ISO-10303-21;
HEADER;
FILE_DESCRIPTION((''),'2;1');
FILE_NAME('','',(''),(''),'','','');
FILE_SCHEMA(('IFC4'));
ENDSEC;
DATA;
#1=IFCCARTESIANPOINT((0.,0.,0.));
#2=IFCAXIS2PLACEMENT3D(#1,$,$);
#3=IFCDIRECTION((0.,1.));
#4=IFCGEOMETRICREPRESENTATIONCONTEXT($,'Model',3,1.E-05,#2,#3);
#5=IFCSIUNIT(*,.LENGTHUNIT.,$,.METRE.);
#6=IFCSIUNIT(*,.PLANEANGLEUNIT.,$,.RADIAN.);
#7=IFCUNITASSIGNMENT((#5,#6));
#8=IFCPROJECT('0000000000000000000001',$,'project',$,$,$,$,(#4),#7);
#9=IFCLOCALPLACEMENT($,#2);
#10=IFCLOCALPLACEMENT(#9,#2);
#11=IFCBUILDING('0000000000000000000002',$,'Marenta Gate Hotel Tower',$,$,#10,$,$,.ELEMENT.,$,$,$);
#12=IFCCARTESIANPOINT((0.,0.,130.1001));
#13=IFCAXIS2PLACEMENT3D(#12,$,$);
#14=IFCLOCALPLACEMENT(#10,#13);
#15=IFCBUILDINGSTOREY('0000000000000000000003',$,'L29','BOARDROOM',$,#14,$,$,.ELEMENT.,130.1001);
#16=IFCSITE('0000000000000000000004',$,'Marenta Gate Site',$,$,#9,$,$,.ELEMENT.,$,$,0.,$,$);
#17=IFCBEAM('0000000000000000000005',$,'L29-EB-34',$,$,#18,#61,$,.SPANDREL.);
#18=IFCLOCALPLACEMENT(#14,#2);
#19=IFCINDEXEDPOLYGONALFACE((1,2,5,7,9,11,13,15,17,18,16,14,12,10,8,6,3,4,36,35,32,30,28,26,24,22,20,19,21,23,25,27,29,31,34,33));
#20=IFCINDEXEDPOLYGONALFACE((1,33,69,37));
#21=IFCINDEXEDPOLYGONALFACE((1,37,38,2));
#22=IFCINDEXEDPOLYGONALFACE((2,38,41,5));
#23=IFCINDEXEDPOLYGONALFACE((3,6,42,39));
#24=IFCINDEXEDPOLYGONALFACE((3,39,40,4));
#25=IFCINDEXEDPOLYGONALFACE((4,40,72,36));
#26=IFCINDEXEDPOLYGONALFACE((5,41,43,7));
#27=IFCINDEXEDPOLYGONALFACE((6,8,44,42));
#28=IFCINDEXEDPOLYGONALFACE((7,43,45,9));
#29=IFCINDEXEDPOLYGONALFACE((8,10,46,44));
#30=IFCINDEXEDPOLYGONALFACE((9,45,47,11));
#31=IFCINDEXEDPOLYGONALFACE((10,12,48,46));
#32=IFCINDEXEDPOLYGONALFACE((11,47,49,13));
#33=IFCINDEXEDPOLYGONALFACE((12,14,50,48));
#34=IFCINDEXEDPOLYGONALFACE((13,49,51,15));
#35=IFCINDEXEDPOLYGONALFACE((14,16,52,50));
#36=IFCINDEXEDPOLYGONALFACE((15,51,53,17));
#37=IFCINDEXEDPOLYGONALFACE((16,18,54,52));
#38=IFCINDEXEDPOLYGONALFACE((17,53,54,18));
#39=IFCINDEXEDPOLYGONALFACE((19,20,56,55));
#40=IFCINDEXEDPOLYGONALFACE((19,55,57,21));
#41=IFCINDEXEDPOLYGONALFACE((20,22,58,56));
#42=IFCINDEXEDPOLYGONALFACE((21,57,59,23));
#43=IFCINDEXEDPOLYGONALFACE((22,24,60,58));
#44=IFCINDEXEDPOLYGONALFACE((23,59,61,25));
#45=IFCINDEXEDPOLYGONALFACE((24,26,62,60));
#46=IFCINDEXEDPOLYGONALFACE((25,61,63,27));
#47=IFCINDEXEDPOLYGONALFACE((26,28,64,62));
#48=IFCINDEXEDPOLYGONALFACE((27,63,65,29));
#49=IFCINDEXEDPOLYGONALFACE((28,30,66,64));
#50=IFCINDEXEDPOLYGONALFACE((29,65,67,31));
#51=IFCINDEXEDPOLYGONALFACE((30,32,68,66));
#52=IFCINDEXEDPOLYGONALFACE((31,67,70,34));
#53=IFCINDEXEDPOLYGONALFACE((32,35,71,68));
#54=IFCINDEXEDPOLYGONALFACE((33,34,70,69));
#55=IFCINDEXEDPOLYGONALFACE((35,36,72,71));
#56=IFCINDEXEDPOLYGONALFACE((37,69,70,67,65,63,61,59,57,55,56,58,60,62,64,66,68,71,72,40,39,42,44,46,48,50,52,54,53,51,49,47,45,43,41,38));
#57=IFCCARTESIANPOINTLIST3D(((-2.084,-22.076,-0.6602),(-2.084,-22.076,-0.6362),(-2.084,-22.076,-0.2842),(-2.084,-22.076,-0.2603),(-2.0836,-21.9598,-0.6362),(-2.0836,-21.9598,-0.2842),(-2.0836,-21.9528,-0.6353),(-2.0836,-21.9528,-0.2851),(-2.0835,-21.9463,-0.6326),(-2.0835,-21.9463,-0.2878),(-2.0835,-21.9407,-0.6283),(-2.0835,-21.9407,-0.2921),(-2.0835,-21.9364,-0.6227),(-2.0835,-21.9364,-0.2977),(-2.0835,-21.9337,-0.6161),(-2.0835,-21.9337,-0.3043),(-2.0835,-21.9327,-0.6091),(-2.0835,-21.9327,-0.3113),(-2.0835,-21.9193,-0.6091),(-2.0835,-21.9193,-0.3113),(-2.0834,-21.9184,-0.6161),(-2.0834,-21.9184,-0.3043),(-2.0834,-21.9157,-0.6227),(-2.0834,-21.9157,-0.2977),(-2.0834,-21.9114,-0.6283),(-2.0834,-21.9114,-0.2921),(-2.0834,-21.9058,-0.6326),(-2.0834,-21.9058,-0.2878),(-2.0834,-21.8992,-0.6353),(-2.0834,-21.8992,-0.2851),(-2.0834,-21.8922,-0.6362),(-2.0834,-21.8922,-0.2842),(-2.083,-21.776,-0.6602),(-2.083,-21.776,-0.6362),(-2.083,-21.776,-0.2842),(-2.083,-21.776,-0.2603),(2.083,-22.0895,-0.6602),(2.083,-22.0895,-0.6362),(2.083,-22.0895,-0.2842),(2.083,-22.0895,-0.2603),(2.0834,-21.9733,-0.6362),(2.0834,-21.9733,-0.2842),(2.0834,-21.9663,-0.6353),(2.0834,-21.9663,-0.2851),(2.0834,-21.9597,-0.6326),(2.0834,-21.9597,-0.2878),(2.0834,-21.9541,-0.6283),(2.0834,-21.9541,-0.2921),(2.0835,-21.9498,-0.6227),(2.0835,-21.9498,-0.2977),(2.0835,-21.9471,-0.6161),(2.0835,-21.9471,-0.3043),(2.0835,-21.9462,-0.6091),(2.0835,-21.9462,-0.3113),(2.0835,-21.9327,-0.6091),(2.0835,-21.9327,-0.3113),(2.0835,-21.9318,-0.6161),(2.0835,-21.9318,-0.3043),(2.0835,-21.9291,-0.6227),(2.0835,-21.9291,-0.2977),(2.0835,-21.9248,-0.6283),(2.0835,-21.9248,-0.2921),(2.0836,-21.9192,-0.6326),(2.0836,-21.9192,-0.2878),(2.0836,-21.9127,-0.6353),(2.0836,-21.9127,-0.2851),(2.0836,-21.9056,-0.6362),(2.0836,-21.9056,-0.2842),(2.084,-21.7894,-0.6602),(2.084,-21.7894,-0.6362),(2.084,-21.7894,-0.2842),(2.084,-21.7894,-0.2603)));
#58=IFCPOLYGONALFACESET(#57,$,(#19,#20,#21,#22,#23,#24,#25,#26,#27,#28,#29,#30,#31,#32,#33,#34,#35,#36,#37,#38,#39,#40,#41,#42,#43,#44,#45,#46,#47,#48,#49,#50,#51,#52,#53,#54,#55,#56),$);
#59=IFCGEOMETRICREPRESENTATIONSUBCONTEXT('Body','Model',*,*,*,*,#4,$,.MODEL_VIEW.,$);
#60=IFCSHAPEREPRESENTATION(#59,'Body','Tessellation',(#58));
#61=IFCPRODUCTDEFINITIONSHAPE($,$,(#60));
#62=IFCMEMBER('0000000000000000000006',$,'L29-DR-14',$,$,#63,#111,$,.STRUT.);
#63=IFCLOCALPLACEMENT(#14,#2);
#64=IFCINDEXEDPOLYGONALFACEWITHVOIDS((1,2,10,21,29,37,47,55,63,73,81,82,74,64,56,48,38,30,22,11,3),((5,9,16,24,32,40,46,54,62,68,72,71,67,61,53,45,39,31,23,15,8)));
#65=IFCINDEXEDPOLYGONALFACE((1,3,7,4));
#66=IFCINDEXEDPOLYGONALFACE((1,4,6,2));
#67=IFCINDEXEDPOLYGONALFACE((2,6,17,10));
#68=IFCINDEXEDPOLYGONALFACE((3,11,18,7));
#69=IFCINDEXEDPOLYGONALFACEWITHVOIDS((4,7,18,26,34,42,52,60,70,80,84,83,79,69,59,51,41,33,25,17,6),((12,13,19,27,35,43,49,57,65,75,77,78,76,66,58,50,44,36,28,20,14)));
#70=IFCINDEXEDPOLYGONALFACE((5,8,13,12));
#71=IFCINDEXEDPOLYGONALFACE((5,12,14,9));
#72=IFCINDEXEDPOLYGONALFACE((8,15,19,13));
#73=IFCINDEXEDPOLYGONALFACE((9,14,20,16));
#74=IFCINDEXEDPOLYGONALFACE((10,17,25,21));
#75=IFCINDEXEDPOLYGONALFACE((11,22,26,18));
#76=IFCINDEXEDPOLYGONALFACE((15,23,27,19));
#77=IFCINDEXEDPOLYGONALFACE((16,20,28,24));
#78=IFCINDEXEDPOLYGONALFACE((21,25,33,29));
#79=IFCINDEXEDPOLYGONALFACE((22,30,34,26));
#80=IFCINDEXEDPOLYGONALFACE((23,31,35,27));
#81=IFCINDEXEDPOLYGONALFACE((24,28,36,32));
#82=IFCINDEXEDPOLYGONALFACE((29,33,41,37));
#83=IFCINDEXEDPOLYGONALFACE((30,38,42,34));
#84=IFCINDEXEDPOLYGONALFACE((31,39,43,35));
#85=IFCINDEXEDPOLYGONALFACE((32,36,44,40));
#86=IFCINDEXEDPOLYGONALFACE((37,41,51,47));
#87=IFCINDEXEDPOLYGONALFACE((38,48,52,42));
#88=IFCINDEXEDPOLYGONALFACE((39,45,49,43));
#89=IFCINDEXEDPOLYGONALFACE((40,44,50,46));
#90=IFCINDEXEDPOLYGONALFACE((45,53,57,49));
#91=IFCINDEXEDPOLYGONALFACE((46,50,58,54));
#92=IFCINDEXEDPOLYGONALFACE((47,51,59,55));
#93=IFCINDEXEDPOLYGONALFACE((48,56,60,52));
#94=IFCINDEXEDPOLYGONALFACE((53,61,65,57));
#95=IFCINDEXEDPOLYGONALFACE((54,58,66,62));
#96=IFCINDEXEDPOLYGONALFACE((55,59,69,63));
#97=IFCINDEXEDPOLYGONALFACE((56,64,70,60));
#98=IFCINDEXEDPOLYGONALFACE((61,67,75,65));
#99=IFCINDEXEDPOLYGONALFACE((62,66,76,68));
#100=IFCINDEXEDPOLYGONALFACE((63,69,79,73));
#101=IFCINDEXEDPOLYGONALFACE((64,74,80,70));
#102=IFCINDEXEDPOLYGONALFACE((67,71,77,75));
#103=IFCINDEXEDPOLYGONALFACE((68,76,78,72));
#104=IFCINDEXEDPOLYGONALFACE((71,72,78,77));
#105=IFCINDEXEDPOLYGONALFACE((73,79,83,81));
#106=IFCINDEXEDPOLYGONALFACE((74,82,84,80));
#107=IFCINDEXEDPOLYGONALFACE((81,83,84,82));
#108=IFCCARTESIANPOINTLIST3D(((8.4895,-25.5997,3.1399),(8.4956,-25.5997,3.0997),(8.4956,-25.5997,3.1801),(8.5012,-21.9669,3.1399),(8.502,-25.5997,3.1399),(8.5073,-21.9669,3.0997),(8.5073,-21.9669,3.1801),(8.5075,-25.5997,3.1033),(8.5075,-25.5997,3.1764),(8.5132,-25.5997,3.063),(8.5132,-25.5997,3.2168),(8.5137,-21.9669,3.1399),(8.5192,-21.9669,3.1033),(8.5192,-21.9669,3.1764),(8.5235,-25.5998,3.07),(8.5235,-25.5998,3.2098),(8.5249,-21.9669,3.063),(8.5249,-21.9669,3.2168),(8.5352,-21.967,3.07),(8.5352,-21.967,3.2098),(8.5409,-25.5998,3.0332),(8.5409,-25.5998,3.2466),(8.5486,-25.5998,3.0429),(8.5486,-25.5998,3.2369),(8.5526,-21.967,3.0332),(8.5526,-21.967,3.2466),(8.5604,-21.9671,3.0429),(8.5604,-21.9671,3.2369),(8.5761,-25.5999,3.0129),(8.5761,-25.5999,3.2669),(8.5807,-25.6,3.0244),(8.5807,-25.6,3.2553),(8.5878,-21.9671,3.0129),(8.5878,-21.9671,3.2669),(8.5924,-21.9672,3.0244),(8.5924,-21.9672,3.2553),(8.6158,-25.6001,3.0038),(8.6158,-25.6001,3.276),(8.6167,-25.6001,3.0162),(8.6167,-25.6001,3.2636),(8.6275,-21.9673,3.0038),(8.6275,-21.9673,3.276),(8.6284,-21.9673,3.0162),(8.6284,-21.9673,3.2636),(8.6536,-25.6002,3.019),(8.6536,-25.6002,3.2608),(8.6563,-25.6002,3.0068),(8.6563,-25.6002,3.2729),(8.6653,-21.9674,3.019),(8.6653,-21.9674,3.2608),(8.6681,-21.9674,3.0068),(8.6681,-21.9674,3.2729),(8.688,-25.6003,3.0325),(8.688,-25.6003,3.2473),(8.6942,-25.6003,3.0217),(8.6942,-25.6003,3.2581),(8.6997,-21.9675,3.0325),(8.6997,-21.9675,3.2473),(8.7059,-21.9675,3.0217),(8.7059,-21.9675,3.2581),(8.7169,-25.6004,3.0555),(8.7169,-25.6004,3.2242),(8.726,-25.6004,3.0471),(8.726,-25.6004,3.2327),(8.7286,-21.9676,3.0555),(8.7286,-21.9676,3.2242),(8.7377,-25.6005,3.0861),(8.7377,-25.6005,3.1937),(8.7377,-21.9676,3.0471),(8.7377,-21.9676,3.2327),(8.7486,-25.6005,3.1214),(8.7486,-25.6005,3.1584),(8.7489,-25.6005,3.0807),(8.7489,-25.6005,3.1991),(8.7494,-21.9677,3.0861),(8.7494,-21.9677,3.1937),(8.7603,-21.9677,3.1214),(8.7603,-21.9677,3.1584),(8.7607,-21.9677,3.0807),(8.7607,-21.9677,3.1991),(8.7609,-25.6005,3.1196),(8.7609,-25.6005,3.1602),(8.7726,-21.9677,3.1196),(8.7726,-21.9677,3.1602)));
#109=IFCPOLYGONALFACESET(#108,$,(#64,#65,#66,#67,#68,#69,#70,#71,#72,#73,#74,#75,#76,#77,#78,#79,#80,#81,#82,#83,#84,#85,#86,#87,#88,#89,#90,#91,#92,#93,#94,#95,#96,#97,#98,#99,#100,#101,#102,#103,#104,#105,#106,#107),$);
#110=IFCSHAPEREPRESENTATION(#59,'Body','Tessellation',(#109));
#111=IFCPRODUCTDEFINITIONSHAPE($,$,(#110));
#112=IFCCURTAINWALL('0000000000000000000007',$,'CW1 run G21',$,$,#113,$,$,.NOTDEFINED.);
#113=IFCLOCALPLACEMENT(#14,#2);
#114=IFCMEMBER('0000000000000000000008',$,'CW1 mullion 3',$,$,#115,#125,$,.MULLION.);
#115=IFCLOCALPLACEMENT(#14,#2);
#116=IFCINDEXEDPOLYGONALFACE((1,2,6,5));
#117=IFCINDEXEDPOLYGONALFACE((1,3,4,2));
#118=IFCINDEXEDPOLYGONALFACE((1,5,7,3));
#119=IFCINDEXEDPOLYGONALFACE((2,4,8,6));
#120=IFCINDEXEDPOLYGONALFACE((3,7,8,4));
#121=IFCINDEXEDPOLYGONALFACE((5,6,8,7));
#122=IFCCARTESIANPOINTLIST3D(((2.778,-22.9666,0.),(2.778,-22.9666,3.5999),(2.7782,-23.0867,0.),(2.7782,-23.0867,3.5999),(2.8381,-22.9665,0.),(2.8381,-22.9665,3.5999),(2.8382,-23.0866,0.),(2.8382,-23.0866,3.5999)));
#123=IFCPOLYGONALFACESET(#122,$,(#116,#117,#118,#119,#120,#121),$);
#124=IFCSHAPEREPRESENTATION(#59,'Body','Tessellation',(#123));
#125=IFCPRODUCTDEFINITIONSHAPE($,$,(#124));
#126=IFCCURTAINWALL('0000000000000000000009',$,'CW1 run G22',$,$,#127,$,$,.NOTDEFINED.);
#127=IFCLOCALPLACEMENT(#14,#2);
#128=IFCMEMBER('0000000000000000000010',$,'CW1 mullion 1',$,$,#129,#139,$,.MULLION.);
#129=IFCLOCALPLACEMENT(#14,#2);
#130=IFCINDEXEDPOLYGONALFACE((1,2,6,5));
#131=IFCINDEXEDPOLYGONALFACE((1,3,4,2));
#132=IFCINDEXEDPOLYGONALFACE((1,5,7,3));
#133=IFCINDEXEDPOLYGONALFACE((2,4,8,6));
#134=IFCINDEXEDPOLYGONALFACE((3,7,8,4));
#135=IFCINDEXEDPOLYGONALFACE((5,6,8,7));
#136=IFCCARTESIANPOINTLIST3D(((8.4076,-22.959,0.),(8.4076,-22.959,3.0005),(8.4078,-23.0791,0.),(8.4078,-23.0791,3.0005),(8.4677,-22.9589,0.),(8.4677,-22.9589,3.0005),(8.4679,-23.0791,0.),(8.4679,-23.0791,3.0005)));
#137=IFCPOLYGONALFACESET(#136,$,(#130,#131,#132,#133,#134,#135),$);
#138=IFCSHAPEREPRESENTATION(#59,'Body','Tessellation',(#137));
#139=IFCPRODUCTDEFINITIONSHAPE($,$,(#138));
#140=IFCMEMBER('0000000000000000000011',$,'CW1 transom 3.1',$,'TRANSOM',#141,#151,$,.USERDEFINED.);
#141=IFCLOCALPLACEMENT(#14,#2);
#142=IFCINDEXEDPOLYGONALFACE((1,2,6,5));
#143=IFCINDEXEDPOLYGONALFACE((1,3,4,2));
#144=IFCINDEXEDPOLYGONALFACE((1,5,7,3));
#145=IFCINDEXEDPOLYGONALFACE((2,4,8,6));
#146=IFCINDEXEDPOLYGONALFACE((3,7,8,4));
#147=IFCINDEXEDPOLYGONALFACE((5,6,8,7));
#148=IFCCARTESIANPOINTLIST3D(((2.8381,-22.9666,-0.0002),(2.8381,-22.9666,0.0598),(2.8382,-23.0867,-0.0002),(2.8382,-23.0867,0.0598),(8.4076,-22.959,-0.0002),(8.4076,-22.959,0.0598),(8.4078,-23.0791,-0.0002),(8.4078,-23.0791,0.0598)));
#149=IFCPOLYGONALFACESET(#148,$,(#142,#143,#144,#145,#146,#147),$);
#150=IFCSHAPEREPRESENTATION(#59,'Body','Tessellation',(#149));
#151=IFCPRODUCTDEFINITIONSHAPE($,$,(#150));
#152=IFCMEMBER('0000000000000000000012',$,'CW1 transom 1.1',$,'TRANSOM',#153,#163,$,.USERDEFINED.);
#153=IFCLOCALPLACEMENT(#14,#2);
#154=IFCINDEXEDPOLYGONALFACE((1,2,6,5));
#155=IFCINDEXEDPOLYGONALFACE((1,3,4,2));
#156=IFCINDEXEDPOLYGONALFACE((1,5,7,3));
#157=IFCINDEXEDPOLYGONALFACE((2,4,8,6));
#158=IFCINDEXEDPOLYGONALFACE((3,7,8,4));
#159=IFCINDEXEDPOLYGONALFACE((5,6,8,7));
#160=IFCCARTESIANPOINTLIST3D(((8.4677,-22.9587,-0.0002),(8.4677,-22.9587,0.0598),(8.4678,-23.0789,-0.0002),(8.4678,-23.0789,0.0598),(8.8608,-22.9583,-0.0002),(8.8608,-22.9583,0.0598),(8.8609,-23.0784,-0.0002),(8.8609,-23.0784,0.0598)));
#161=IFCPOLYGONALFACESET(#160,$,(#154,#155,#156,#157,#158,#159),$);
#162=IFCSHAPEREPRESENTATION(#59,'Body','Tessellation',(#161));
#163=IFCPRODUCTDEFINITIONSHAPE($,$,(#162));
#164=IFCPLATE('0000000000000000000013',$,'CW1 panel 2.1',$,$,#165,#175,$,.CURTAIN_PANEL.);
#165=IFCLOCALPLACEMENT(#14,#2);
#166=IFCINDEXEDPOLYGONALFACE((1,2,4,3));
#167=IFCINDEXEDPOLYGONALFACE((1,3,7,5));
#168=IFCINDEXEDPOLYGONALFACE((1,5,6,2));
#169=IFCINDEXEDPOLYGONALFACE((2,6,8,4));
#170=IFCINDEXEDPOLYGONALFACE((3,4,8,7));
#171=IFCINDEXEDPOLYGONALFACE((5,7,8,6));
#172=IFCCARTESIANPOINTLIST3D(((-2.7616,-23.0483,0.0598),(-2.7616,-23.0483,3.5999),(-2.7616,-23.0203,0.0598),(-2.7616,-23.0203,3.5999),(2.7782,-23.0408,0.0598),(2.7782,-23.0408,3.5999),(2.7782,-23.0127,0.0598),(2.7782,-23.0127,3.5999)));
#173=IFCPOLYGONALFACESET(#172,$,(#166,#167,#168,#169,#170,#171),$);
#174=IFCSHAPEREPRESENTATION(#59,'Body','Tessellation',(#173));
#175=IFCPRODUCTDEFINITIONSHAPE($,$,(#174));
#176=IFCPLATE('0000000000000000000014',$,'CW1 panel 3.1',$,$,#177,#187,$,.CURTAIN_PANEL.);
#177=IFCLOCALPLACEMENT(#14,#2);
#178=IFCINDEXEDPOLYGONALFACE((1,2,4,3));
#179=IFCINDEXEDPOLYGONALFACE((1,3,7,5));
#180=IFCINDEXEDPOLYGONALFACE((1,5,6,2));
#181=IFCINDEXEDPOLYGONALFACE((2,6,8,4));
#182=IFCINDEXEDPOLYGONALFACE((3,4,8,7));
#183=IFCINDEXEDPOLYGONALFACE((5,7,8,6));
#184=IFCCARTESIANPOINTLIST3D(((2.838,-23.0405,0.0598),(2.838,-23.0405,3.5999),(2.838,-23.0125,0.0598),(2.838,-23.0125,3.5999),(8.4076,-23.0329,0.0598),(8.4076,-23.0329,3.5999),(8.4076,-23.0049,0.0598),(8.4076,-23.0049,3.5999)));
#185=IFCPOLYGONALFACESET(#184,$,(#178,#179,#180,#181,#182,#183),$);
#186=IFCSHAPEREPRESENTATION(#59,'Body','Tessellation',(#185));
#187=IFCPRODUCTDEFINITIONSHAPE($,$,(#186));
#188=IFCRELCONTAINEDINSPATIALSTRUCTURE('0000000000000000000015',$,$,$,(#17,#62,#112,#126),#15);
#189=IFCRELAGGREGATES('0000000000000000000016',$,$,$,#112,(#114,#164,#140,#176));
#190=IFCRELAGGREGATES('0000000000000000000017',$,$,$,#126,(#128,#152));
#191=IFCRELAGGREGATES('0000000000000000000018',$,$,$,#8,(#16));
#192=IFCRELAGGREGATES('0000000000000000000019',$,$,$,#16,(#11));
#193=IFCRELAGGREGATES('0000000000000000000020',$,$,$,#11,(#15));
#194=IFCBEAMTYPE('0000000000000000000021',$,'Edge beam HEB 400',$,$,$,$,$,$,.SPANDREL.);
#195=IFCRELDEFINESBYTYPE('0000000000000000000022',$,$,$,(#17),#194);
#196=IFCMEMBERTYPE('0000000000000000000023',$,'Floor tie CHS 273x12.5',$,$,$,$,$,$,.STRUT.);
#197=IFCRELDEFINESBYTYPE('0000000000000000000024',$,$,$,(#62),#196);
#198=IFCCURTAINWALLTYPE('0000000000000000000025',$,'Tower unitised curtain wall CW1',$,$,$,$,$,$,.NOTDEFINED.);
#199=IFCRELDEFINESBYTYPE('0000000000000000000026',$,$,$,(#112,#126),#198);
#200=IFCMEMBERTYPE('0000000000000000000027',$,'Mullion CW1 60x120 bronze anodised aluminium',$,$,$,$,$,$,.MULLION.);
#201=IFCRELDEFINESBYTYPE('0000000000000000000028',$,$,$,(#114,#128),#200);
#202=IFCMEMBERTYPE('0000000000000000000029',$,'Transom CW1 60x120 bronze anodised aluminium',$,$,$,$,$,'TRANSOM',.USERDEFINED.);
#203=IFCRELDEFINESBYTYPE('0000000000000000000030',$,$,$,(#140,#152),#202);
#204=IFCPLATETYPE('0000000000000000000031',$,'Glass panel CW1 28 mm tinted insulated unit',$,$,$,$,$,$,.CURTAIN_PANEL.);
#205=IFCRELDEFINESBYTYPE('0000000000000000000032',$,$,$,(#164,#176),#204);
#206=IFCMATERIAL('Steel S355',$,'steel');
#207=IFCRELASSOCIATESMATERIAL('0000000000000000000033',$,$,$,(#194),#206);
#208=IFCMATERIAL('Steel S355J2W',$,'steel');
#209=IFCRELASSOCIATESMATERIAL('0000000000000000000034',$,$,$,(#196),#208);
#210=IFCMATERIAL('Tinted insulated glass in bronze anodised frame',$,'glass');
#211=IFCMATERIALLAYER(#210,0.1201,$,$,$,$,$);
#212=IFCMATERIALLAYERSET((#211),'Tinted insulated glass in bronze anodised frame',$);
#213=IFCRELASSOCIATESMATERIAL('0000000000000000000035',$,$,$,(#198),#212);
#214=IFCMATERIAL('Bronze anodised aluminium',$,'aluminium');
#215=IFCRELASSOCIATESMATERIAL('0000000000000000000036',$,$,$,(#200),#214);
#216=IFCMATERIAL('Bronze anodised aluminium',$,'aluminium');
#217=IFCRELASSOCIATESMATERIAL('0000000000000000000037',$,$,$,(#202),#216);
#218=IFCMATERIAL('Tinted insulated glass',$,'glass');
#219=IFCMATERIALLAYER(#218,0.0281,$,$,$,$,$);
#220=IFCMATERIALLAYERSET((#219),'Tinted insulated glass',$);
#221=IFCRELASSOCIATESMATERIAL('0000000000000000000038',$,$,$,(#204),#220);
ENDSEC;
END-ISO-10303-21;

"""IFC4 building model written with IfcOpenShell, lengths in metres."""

from ifc_helpers import new_model, si_unit, direction, frame, origin, origin_2d, place, context, subcontext, project, spatial, rectangle, hollow_circle, i_section, extrude, material, layer, layer_set, material_profile, profile_set, type_object, element, aggregate, save


model = new_model("IFC4")

# Units and contexts
model_context = context("Model", 3, precision=1e-05, world=origin(), true_north=direction((0.0, 1.0)))
body_context = subcontext(model_context, "Body", "Model", "MODEL_VIEW")
ifc_project = project(units=[si_unit("LENGTHUNIT", "METRE"), si_unit("PLANEANGLEUNIT", "RADIAN")], contexts=[model_context])

# Site, building, storey
site_placement = place(None, origin())
site = spatial("IfcSite", under=ifc_project, at=site_placement, Name="Marenta Gate Site", CompositionType="ELEMENT", RefElevation=0.0)
building_placement = place(site_placement, origin())
building = spatial("IfcBuilding", under=site, at=building_placement, Name="Marenta Gate Hotel Tower", CompositionType="ELEMENT")
storey_placement = place(building_placement, frame((0.0, 0.0, 130.1001)))
storey = spatial("IfcBuildingStorey", under=building, at=storey_placement, Name="L29", Description="BOARDROOM", CompositionType="ELEMENT", Elevation=130.1001)

# Beam
ifc_material_1 = material(Name="Steel S355", Category="steel")
ifc_material_profile_1 = material_profile(ifc_material_1, i_section(OverallWidth=0.3, OverallDepth=0.3999, WebThickness=0.0134, FlangeThickness=0.0239, FilletRadius=0.0271, at=origin_2d()), Name="HEB 400")
ifc_profile_set_1 = profile_set([ifc_material_profile_1], Name="Steel S355")
beam_type = type_object("IfcBeamType", Name="Edge beam HEB 400", PredefinedType="SPANDREL", material=ifc_profile_set_1)
beam_1_placement = place(storey_placement, frame((2.0835, -21.9395, -0.4602), z_axis=(-0.999995, 0.003222, 0.0), x_axis=(-0.003222, -0.999995, 0.0)))
element("IfcBeam", 1, at=beam_1_placement, inside=storey, type_object=beam_type, Name="L29-EB-34", PredefinedType="SPANDREL", context=body_context, shape_type="SweptSolid", body=[
    extrude(i_section(OverallWidth=0.3, OverallDepth=0.3999, WebThickness=0.0134, FlangeThickness=0.0239, FilletRadius=0.0271, at=origin_2d()), origin(), (0.0, 0.0, 1.0), 4.167),
])

# Member
ifc_material_2 = material(Name="Steel S355J2W", Category="steel")
ifc_material_profile_2 = material_profile(ifc_material_2, hollow_circle(Radius=0.1365, WallThickness=0.0125, at=origin_2d()), Name="CHS 273x12.5")
ifc_profile_set_2 = profile_set([ifc_material_profile_2], Name="Steel S355J2W")
member_type_1 = type_object("IfcMemberType", Name="Floor tie CHS 273x12.5", PredefinedType="STRUT", material=ifc_profile_set_2)
member_1_placement = place(storey_placement, frame((8.626, -25.6001, 3.1399), z_axis=(0.003226, 0.999995, 0.0), x_axis=(-0.999995, 0.003226, 0.0)))
element("IfcMember", 2, at=member_1_placement, inside=storey, type_object=member_type_1, Name="L29-DR-14", PredefinedType="STRUT", context=body_context, shape_type="SweptSolid", body=[
    extrude(hollow_circle(Radius=0.1365, WallThickness=0.0125, at=origin_2d()), origin(), (0.0, 0.0, 1.0), 3.6328),
])

# Curtain walls, members
ifc_material_3 = material(Name="Tinted insulated glass in bronze anodised frame", Category="glass")
ifc_layer_1 = layer(ifc_material_3, 0.1201)
ifc_layer_set_1 = layer_set([ifc_layer_1], Name="Tinted insulated glass in bronze anodised frame")
curtain_wall_type = type_object("IfcCurtainWallType", Name="Tower unitised curtain wall CW1", PredefinedType="NOTDEFINED", material=ifc_layer_set_1)
curtain_wall_1_placement = place(storey_placement, origin())
curtain_wall_1 = element("IfcCurtainWall", 3, at=curtain_wall_1_placement, inside=storey, type_object=curtain_wall_type, Name="CW1 run G21", PredefinedType="NOTDEFINED")
ifc_material_4 = material(Name="Bronze anodised aluminium", Category="aluminium")
ifc_material_profile_3 = material_profile(ifc_material_4, rectangle(XDim=0.1201, YDim=0.0601, at=origin_2d()), Name="Mullion CW1 60x120 bronze anodised aluminium")
ifc_profile_set_3 = profile_set([ifc_material_profile_3], Name="Bronze anodised aluminium")
member_type_2 = type_object("IfcMemberType", Name="Mullion CW1 60x120 bronze anodised aluminium", PredefinedType="MULLION", material=ifc_profile_set_3)
member_2_placement = place(storey_placement, frame((2.8081, -23.0266, 0.0), z_axis=(0.0, 0.0, 1.0), x_axis=(-0.001363, 0.999999, 0.0)))
member_2 = element("IfcMember", 4, at=member_2_placement, type_object=member_type_2, Name="CW1 mullion 3", PredefinedType="MULLION", context=body_context, shape_type="SweptSolid", body=[
    extrude(rectangle(XDim=0.1201, YDim=0.0601, at=origin_2d()), origin(), (0.0, 0.0, 1.0), 3.5999),
])
curtain_wall_2_placement = place(storey_placement, origin())
curtain_wall_2 = element("IfcCurtainWall", 5, at=curtain_wall_2_placement, inside=storey, type_object=curtain_wall_type, Name="CW1 run G22", PredefinedType="NOTDEFINED")
member_3_placement = place(storey_placement, frame((8.4377, -23.019, 0.0), z_axis=(0.0, 0.0, 1.0), x_axis=(-0.001325, 0.999999, 0.0)))
member_3 = element("IfcMember", 6, at=member_3_placement, type_object=member_type_2, Name="CW1 mullion 1", PredefinedType="MULLION", context=body_context, shape_type="SweptSolid", body=[
    extrude(rectangle(XDim=0.1201, YDim=0.0601, at=origin_2d()), origin(), (0.0, 0.0, 1.0), 3.0005),
])

# Members
ifc_material_5 = material(Name="Bronze anodised aluminium", Category="aluminium")
ifc_material_profile_4 = material_profile(ifc_material_5, rectangle(XDim=0.1201, YDim=0.0601, at=origin_2d()), Name="Transom CW1 60x120 bronze anodised aluminium")
ifc_profile_set_4 = profile_set([ifc_material_profile_4], Name="Bronze anodised aluminium")
member_type_3 = type_object("IfcMemberType", Name="Transom CW1 60x120 bronze anodised aluminium", ElementType="TRANSOM", PredefinedType="USERDEFINED", material=ifc_profile_set_4)
member_4_placement = place(storey_placement, frame((2.8381, -23.0266, 0.0298), z_axis=(0.999999, 0.001359, 0.0), x_axis=(-0.001359, 0.999999, 0.0)))
member_4 = element("IfcMember", 7, at=member_4_placement, type_object=member_type_3, Name="CW1 transom 3.1", ObjectType="TRANSOM", PredefinedType="USERDEFINED", context=body_context, shape_type="SweptSolid", body=[
    extrude(rectangle(XDim=0.1201, YDim=0.0601, at=origin_2d()), origin(), (0.0, 0.0, 1.0), 5.5696),
])
member_5_placement = place(storey_placement, frame((8.4678, -23.0188, 0.0298), z_axis=(0.999999, 0.001242, 0.0), x_axis=(-0.001242, 0.999999, 0.0)))
member_5 = element("IfcMember", 8, at=member_5_placement, type_object=member_type_3, Name="CW1 transom 1.1", ObjectType="TRANSOM", PredefinedType="USERDEFINED", context=body_context, shape_type="SweptSolid", body=[
    extrude(rectangle(XDim=0.1201, YDim=0.0601, at=origin_2d()), origin(), (0.0, 0.0, 1.0), 0.3931),
])

# Plates
ifc_material_6 = material(Name="Tinted insulated glass", Category="glass")
ifc_layer_2 = layer(ifc_material_6, 0.0281)
ifc_layer_set_2 = layer_set([ifc_layer_2], Name="Tinted insulated glass")
plate_type = type_object("IfcPlateType", Name="Glass panel CW1 28 mm tinted insulated unit", PredefinedType="CURTAIN_PANEL", material=ifc_layer_set_2)
plate_1_placement = place(storey_placement, frame((0.0083, -23.0305, 0.0598), z_axis=(0.0, 0.0, 1.0), x_axis=(0.999999, 0.001363, 0.0)))
plate_1 = element("IfcPlate", 9, at=plate_1_placement, type_object=plate_type, Name="CW1 panel 2.1", PredefinedType="CURTAIN_PANEL", context=body_context, shape_type="SweptSolid", body=[
    extrude(rectangle(XDim=5.5398, YDim=0.0281, at=origin_2d()), origin(), (0.0, 0.0, 1.0), 3.54),
])
plate_2_placement = place(storey_placement, frame((5.6228, -23.0227, 0.0598), z_axis=(0.0, 0.0, 1.0), x_axis=(0.999999, 0.001363, 0.0)))
plate_2 = element("IfcPlate", 10, at=plate_2_placement, type_object=plate_type, Name="CW1 panel 3.1", PredefinedType="CURTAIN_PANEL", context=body_context, shape_type="SweptSolid", body=[
    extrude(rectangle(XDim=5.5696, YDim=0.0281, at=origin_2d()), origin(), (0.0, 0.0, 1.0), 3.54),
])
aggregate(curtain_wall_1, [member_2, plate_1, member_4, plate_2])
aggregate(curtain_wall_2, [member_3, member_5])

save(model, "model.ifc")
